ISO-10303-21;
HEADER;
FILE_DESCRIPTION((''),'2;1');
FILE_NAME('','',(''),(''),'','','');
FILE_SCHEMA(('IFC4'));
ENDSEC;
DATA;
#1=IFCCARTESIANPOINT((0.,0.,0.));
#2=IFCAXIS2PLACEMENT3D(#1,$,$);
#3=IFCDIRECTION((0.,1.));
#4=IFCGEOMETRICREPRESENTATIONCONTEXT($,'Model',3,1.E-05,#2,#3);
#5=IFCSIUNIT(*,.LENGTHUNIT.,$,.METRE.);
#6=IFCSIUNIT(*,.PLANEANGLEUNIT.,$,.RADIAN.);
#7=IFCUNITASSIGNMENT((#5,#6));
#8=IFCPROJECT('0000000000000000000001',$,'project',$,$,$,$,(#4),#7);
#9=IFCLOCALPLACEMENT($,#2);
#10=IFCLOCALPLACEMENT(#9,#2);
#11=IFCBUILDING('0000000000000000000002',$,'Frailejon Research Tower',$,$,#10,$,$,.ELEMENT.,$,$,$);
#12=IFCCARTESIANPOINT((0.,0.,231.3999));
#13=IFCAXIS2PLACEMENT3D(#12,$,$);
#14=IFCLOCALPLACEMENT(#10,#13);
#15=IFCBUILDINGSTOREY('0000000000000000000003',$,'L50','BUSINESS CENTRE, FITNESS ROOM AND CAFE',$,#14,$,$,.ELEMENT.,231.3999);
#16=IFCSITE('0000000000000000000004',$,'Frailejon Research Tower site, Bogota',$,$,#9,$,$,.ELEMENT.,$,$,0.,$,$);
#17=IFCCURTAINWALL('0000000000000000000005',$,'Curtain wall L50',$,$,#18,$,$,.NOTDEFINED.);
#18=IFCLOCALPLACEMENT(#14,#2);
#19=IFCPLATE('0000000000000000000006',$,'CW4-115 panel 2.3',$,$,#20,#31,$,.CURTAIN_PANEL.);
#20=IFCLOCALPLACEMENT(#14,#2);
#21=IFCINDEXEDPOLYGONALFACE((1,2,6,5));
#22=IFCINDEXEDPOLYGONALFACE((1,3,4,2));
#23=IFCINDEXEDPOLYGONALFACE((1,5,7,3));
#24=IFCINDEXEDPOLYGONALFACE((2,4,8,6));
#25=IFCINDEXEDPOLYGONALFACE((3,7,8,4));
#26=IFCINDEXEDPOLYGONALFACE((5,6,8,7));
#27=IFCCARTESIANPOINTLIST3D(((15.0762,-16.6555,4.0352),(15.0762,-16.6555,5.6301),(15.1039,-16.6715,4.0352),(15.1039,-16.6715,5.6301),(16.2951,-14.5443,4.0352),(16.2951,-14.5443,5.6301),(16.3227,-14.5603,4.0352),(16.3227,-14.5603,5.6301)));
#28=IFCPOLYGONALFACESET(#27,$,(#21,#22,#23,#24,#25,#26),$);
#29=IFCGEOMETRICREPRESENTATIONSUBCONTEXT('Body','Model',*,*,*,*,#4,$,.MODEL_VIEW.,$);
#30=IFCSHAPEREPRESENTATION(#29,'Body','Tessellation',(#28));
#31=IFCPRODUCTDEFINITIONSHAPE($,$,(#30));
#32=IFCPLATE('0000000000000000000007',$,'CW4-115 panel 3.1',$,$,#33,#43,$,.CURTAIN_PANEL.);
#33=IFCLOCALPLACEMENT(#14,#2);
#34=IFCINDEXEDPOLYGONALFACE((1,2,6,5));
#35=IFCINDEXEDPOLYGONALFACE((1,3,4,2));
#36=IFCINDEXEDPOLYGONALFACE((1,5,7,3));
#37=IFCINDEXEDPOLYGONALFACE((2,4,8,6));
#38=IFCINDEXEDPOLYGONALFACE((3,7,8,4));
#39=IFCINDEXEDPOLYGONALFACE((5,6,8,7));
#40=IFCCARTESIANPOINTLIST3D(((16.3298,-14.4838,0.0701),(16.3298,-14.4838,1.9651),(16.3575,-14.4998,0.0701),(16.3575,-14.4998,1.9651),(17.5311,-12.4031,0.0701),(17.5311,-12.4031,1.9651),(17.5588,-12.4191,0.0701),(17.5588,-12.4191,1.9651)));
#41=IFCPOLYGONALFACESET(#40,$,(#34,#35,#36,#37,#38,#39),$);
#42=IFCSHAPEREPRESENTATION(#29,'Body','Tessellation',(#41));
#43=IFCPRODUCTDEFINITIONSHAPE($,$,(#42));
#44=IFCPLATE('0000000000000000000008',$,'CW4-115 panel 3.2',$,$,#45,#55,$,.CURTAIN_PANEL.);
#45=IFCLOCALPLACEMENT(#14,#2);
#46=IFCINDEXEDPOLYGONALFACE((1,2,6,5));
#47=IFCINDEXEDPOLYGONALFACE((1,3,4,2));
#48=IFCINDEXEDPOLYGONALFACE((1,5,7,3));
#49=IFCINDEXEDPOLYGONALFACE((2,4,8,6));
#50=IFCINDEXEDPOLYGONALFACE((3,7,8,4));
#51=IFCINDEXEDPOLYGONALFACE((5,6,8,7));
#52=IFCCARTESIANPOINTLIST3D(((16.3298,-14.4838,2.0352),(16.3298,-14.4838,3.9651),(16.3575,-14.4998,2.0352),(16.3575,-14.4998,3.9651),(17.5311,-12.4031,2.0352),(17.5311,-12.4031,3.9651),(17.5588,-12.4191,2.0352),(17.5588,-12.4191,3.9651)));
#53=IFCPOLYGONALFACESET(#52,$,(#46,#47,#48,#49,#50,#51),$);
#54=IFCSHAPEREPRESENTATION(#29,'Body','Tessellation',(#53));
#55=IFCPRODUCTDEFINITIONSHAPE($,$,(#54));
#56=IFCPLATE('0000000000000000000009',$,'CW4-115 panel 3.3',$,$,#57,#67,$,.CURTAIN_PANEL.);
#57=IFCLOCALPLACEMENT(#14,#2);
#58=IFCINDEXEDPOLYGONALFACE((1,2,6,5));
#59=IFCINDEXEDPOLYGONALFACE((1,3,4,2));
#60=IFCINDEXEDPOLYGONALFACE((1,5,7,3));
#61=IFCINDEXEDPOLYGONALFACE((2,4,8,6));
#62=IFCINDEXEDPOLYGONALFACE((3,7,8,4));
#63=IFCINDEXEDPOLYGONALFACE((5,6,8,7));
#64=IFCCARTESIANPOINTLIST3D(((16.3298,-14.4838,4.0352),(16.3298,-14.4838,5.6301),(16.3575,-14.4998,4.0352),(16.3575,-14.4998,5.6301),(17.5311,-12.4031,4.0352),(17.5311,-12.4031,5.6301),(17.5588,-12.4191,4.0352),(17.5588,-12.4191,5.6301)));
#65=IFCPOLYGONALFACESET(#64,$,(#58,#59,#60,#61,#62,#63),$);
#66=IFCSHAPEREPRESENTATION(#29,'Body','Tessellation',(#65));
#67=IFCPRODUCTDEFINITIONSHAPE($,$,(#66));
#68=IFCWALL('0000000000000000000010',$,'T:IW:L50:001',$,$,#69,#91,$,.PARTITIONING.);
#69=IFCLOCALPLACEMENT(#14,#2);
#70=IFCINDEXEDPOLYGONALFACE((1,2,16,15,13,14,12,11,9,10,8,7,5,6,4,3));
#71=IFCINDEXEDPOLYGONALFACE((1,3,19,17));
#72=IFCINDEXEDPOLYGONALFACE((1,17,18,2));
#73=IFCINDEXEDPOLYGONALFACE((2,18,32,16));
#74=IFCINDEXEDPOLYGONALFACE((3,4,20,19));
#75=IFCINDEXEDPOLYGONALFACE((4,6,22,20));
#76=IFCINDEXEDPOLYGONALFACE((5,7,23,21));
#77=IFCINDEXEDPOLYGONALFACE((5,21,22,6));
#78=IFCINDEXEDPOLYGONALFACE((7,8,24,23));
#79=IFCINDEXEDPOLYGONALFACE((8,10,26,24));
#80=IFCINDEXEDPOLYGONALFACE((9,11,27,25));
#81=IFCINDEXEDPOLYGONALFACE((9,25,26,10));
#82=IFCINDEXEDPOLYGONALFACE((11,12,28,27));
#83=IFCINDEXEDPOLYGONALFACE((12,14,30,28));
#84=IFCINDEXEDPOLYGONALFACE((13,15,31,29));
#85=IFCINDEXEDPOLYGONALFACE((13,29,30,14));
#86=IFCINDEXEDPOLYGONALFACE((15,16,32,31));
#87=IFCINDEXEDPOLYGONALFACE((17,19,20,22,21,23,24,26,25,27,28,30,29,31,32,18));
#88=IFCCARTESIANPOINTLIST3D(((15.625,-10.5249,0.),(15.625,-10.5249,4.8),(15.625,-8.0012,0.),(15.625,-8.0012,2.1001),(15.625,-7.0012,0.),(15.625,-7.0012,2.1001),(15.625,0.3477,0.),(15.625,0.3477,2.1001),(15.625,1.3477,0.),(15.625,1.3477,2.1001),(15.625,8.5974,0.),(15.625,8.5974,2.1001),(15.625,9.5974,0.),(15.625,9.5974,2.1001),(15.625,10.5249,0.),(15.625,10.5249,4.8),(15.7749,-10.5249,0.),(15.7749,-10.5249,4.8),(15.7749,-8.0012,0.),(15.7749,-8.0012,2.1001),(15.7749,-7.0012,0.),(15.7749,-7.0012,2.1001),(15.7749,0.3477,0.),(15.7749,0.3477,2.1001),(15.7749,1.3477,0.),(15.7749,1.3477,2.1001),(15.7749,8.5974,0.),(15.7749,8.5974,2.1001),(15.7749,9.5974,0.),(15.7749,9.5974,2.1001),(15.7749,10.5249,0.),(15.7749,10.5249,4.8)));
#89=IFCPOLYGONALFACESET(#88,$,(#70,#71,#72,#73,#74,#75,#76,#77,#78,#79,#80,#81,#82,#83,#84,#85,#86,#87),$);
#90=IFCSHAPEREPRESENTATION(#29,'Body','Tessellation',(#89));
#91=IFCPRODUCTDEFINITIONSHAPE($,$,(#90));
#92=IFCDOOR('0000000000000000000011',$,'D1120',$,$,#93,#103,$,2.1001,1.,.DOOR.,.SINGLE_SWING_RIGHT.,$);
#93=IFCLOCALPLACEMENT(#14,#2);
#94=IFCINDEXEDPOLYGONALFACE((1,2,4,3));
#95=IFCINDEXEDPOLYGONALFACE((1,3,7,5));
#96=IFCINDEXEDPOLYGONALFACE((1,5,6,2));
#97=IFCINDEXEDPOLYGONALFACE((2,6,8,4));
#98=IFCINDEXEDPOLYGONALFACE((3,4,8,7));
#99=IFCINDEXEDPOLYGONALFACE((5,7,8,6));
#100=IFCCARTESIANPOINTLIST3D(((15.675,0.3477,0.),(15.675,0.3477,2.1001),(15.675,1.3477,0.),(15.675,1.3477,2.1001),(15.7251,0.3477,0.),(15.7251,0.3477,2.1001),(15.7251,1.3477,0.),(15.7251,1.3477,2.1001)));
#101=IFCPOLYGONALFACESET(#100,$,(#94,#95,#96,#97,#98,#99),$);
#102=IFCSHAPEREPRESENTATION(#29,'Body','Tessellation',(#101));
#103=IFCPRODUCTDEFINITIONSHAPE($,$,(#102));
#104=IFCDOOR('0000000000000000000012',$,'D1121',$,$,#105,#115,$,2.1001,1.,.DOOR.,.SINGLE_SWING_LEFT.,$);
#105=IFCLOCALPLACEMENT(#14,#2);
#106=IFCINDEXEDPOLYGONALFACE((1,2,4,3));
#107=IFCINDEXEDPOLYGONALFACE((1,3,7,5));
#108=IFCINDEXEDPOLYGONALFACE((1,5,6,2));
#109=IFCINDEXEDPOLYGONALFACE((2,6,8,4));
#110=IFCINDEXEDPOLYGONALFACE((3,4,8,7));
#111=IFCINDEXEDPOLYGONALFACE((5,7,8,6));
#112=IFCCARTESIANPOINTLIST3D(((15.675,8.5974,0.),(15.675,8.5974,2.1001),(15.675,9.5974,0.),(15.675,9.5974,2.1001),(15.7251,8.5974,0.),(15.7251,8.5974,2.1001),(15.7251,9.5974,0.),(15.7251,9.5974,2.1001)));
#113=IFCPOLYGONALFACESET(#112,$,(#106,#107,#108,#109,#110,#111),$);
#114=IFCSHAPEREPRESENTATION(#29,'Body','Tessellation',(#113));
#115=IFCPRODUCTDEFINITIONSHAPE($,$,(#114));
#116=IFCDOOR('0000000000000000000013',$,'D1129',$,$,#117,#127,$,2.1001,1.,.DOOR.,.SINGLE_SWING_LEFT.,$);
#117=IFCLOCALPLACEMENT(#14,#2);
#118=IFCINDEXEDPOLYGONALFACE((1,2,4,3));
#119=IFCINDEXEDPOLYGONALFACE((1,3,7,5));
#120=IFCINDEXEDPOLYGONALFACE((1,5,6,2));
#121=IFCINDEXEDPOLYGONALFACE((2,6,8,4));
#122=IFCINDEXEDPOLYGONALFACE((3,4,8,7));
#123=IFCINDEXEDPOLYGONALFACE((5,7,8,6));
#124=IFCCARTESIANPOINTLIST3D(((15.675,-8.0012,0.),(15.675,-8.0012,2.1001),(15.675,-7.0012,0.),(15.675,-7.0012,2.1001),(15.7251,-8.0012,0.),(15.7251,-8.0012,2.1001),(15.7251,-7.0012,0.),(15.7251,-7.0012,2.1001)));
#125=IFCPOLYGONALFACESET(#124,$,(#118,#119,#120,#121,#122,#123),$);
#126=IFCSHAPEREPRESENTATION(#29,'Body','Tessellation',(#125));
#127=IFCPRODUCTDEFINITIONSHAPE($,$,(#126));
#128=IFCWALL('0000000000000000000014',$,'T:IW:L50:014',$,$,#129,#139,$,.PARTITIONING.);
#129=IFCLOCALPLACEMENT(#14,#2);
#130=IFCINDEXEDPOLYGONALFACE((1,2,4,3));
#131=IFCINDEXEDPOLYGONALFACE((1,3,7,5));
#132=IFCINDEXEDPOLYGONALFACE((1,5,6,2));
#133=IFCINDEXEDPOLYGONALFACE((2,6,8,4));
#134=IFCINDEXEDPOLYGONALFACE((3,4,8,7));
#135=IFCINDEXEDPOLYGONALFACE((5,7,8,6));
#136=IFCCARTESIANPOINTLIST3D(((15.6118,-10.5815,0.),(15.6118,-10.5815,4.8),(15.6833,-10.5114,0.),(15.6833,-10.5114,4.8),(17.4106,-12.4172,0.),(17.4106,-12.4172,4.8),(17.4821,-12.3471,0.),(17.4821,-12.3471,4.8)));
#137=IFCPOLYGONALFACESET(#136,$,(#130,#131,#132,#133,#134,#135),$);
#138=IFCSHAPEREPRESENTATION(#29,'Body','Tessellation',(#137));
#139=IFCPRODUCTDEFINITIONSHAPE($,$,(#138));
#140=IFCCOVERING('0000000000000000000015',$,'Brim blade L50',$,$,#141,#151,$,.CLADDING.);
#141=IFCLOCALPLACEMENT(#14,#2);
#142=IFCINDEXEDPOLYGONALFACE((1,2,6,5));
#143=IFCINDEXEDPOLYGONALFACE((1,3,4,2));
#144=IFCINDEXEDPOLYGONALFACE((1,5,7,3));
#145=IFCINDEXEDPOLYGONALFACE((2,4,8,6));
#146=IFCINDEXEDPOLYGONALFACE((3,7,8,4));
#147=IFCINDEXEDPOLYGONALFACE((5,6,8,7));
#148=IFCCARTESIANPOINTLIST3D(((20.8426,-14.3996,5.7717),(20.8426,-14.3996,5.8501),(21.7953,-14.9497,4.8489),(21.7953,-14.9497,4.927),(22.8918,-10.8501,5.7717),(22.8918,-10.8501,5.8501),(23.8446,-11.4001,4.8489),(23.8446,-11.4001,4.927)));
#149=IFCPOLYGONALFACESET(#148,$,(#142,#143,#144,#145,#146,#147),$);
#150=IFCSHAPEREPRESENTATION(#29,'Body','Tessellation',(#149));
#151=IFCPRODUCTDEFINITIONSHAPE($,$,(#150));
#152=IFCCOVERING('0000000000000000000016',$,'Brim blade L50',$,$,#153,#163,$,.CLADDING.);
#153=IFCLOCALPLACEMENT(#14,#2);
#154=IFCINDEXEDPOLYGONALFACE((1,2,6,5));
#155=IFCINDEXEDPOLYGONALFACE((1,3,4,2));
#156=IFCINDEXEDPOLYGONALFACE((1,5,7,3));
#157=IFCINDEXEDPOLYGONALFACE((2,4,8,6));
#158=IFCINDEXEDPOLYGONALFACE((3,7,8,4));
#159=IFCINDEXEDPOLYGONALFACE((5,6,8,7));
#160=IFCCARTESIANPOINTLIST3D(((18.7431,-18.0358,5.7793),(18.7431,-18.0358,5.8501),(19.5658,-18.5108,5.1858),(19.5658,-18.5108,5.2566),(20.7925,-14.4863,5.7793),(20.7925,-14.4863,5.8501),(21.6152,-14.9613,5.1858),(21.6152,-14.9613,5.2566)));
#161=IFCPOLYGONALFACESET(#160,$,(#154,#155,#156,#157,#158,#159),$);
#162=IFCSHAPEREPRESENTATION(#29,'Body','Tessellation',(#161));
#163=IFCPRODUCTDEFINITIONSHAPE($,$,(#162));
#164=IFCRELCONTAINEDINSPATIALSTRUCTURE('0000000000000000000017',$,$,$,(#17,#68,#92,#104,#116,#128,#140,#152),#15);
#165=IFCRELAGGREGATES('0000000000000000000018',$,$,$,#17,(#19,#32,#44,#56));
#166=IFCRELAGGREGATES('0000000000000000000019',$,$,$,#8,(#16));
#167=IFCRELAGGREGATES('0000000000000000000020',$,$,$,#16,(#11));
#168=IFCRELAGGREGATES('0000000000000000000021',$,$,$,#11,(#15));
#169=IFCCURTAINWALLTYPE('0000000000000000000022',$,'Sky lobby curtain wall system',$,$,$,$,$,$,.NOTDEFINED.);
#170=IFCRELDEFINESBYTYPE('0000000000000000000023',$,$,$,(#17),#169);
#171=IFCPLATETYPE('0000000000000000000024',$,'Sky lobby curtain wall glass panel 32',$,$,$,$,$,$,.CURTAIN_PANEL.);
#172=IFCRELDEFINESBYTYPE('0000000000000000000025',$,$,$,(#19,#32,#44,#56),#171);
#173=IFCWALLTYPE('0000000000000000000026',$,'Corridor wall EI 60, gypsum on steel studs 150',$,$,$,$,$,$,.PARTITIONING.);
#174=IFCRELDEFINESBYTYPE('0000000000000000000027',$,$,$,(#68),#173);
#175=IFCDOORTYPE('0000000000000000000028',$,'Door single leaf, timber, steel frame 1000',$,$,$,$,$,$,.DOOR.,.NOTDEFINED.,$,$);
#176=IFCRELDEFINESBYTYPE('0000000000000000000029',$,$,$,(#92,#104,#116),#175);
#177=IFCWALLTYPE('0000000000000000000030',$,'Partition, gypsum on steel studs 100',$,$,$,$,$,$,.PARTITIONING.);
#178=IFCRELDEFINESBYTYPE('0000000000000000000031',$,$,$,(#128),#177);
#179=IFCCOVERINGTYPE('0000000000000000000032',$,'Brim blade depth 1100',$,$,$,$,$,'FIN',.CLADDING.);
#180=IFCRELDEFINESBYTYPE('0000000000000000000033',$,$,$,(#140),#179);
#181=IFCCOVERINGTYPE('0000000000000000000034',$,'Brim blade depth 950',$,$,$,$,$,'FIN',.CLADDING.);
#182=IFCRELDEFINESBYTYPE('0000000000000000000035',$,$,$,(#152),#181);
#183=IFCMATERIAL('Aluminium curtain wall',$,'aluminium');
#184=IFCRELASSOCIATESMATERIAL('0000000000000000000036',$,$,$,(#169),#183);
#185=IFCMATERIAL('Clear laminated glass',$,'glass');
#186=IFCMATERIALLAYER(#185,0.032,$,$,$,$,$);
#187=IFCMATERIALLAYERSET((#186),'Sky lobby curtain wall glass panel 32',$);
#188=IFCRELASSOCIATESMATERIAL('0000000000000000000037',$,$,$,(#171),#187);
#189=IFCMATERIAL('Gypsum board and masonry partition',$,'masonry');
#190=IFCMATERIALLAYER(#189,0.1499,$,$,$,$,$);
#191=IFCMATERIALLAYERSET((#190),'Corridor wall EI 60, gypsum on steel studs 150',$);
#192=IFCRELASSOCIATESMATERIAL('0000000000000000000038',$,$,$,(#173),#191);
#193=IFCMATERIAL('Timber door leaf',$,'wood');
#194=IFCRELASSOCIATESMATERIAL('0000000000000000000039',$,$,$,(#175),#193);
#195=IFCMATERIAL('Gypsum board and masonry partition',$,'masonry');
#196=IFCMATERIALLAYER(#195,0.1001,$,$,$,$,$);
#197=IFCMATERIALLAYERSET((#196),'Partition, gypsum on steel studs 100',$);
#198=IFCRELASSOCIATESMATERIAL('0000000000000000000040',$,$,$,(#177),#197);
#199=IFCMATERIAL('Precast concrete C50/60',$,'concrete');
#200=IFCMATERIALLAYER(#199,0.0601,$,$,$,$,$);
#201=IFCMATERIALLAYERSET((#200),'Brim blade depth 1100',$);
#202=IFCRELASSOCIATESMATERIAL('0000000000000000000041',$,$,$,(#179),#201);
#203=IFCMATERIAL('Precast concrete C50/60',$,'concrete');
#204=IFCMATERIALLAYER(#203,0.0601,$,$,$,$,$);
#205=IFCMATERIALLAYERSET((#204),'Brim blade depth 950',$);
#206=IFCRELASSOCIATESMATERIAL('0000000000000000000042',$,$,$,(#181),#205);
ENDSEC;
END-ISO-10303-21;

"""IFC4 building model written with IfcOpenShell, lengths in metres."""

from ifc_helpers import new_model, si_unit, direction, frame, frame_2d, origin, origin_2d, place, context, subcontext, project, spatial, polyline, rectangle, outline, extrude, material, layer, layer_set, type_object, element, fill, aggregate, save


model = new_model("IFC4")

# Units and contexts
model_context = context("Model", 3, precision=1e-05, world=origin(), true_north=direction((0.0, 1.0)))
body_context = subcontext(model_context, "Body", "Model", "MODEL_VIEW")
ifc_project = project(units=[si_unit("LENGTHUNIT", "METRE"), si_unit("PLANEANGLEUNIT", "RADIAN")], contexts=[model_context])

# Site, building, storey
site_placement = place(None, origin())
site = spatial("IfcSite", under=ifc_project, at=site_placement, Name="Frailejon Research Tower site, Bogota", CompositionType="ELEMENT", RefElevation=0.0)
building_placement = place(site_placement, origin())
building = spatial("IfcBuilding", under=site, at=building_placement, Name="Frailejon Research Tower", CompositionType="ELEMENT")
storey_placement = place(building_placement, frame((0.0, 0.0, 231.3999)))
storey = spatial("IfcBuildingStorey", under=building, at=storey_placement, Name="L50", Description="BUSINESS CENTRE, FITNESS ROOM AND CAFE", CompositionType="ELEMENT", Elevation=231.3999)

# Curtain wall
ifc_material_1 = material(Name="Aluminium curtain wall", Category="aluminium")
curtain_wall_type = type_object("IfcCurtainWallType", Name="Sky lobby curtain wall system", PredefinedType="NOTDEFINED", material=ifc_material_1)
curtain_wall_1_placement = place(storey_placement, origin())
curtain_wall_1 = element("IfcCurtainWall", 1, at=curtain_wall_1_placement, inside=storey, type_object=curtain_wall_type, Name="Curtain wall L50", PredefinedType="NOTDEFINED")

# Plates
ifc_material_2 = material(Name="Clear laminated glass", Category="glass")
ifc_layer_1 = layer(ifc_material_2, 0.032)
ifc_layer_set_1 = layer_set([ifc_layer_1], Name="Sky lobby curtain wall glass panel 32")
plate_type = type_object("IfcPlateType", Name="Sky lobby curtain wall glass panel 32", PredefinedType="CURTAIN_PANEL", material=ifc_layer_set_1)
plate_1_placement = place(storey_placement, frame((15.6995, -15.6079, 4.0352), z_axis=(0.0, 0.0, 1.0), x_axis=(0.500001, 0.866025, 0.0)))
plate_1 = element("IfcPlate", 2, at=plate_1_placement, type_object=plate_type, Name="CW4-115 panel 2.3", PredefinedType="CURTAIN_PANEL", context=body_context, shape_type="SweptSolid", body=[
    extrude(rectangle(XDim=2.4377, YDim=0.032, at=origin_2d()), origin(), (0.0, 0.0, 1.0), 1.595),
])
plate_2_placement = place(storey_placement, frame((16.9443, -13.4514, 0.0701), z_axis=(0.0, 0.0, 1.0), x_axis=(0.500001, 0.866025, 0.0)))
plate_2 = element("IfcPlate", 3, at=plate_2_placement, type_object=plate_type, Name="CW4-115 panel 3.1", PredefinedType="CURTAIN_PANEL", context=body_context, shape_type="SweptSolid", body=[
    extrude(rectangle(XDim=2.4026, YDim=0.032, at=origin_2d()), origin(), (0.0, 0.0, 1.0), 1.895),
])
plate_3_placement = place(storey_placement, frame((16.9443, -13.4514, 2.0352), z_axis=(0.0, 0.0, 1.0), x_axis=(0.500001, 0.866025, 0.0)))
plate_3 = element("IfcPlate", 4, at=plate_3_placement, type_object=plate_type, Name="CW4-115 panel 3.2", PredefinedType="CURTAIN_PANEL", context=body_context, shape_type="SweptSolid", body=[
    extrude(rectangle(XDim=2.4026, YDim=0.032, at=origin_2d()), origin(), (0.0, 0.0, 1.0), 1.9299),
])
plate_4_placement = place(storey_placement, frame((16.9443, -13.4514, 4.0352), z_axis=(0.0, 0.0, 1.0), x_axis=(0.500001, 0.866025, 0.0)))
plate_4 = element("IfcPlate", 5, at=plate_4_placement, type_object=plate_type, Name="CW4-115 panel 3.3", PredefinedType="CURTAIN_PANEL", context=body_context, shape_type="SweptSolid", body=[
    extrude(rectangle(XDim=2.4026, YDim=0.032, at=origin_2d()), origin(), (0.0, 0.0, 1.0), 1.595),
])
aggregate(curtain_wall_1, [plate_1, plate_2, plate_3, plate_4])

# Wall, openings, doors
ifc_material_3 = material(Name="Gypsum board and masonry partition", Category="masonry")
ifc_layer_2 = layer(ifc_material_3, 0.1499)
ifc_layer_set_2 = layer_set([ifc_layer_2], Name="Corridor wall EI 60, gypsum on steel studs 150")
wall_type_1 = type_object("IfcWallType", Name="Corridor wall EI 60, gypsum on steel studs 150", PredefinedType="PARTITIONING", material=ifc_layer_set_2)
wall_1_placement = place(storey_placement, frame((15.7, -10.5249, 0.0), z_axis=(0.0, 0.0, 1.0), x_axis=(0.0, 1.0, 0.0)))
wall_1 = element("IfcWall", 6, at=wall_1_placement, inside=storey, type_object=wall_type_1, Name="T:IW:L50:001", PredefinedType="PARTITIONING", context=body_context, shape_type="SweptSolid", body=[
    extrude(rectangle(XDim=21.0498, YDim=0.1499, at=frame_2d((10.5249, 0.0))), origin(), (0.0, 0.0, 1.0), 4.8),
])
opening_1_placement = place(wall_1_placement, frame((10.8726, 0.0, 0.0)))
opening_1 = element("IfcOpeningElement", 7, at=opening_1_placement, cuts=wall_1, PredefinedType="OPENING", context=body_context, shape_type="SweptSolid", body=[
    extrude(rectangle(XDim=1.0, YDim=2.1001, at=frame_2d((0.5, 1.05))), frame((0.0, 0.085, 0.0), z_axis=(0.0, -1.0, 0.0), x_axis=(1.0, 0.0, 0.0)), (0.0, 0.0, 1.0), 0.1699),
])
opening_2_placement = place(wall_1_placement, frame((19.1223, 0.0, 0.0)))
opening_2 = element("IfcOpeningElement", 8, at=opening_2_placement, cuts=wall_1, PredefinedType="OPENING", context=body_context, shape_type="SweptSolid", body=[
    extrude(rectangle(XDim=1.0, YDim=2.1001, at=frame_2d((0.5, 1.05))), frame((0.0, 0.085, 0.0), z_axis=(0.0, -1.0, 0.0), x_axis=(1.0, 0.0, 0.0)), (0.0, 0.0, 1.0), 0.1699),
])
opening_3_placement = place(wall_1_placement, frame((2.5237, 0.0, 0.0)))
opening_3 = element("IfcOpeningElement", 9, at=opening_3_placement, cuts=wall_1, PredefinedType="OPENING", context=body_context, shape_type="SweptSolid", body=[
    extrude(rectangle(XDim=1.0, YDim=2.1001, at=frame_2d((0.5, 1.05))), frame((0.0, 0.085, 0.0), z_axis=(0.0, -1.0, 0.0), x_axis=(1.0, 0.0, 0.0)), (0.0, 0.0, 1.0), 0.1699),
])
ifc_material_4 = material(Name="Timber door leaf", Category="wood")
door_type_1 = type_object("IfcDoorType", Name="Door single leaf, timber, steel frame 1000", OperationType="NOTDEFINED", PredefinedType="DOOR", material=ifc_material_4)
door_1_placement = place(opening_1_placement, origin())
door_1 = element("IfcDoor", 10, at=door_1_placement, inside=storey, type_object=door_type_1, Name="D1120", OperationType="SINGLE_SWING_RIGHT", OverallHeight=2.1001, OverallWidth=1.0, PredefinedType="DOOR", context=body_context, shape_type="SweptSolid", body=[
    extrude(rectangle(XDim=1.0, YDim=2.1001, at=frame_2d((0.5, 1.05))), frame((0.0, 0.0249, 0.0), z_axis=(0.0, -1.0, 0.0), x_axis=(1.0, 0.0, 0.0)), (0.0, 0.0, 1.0), 0.05),
])
fill(opening_1, door_1)
door_2_placement = place(opening_2_placement, origin())
door_2 = element("IfcDoor", 11, at=door_2_placement, inside=storey, type_object=door_type_1, Name="D1121", OperationType="SINGLE_SWING_LEFT", OverallHeight=2.1001, OverallWidth=1.0, PredefinedType="DOOR", context=body_context, shape_type="SweptSolid", body=[
    extrude(rectangle(XDim=1.0, YDim=2.1001, at=frame_2d((0.5, 1.05))), frame((0.0, 0.0249, 0.0), z_axis=(0.0, -1.0, 0.0), x_axis=(1.0, 0.0, 0.0)), (0.0, 0.0, 1.0), 0.05),
])
fill(opening_2, door_2)
door_3_placement = place(opening_3_placement, origin())
door_3 = element("IfcDoor", 12, at=door_3_placement, inside=storey, type_object=door_type_1, Name="D1129", OperationType="SINGLE_SWING_LEFT", OverallHeight=2.1001, OverallWidth=1.0, PredefinedType="DOOR", context=body_context, shape_type="SweptSolid", body=[
    extrude(rectangle(XDim=1.0, YDim=2.1001, at=frame_2d((0.5, 1.05))), frame((0.0, 0.0249, 0.0), z_axis=(0.0, -1.0, 0.0), x_axis=(1.0, 0.0, 0.0)), (0.0, 0.0, 1.0), 0.05),
])
fill(opening_3, door_3)

# Wall
ifc_material_5 = material(Name="Gypsum board and masonry partition", Category="masonry")
ifc_layer_3 = layer(ifc_material_5, 0.1001)
ifc_layer_set_3 = layer_set([ifc_layer_3], Name="Partition, gypsum on steel studs 100")
wall_type_2 = type_object("IfcWallType", Name="Partition, gypsum on steel studs 100", PredefinedType="PARTITIONING", material=ifc_layer_set_3)
wall_2_placement = place(storey_placement, frame((15.6475, -10.5464, 0.0), z_axis=(0.0, 0.0, 1.0), x_axis=(0.699899, -0.714242, 0.0)))
element("IfcWall", 13, at=wall_2_placement, inside=storey, type_object=wall_type_2, Name="T:IW:L50:014", PredefinedType="PARTITIONING", context=body_context, shape_type="SweptSolid", body=[
    extrude(rectangle(XDim=2.5701, YDim=0.1001, at=frame_2d((1.2852, 0.0))), origin(), (0.0, 0.0, 1.0), 4.8),
])

# Coverings
ifc_material_6 = material(Name="Precast concrete C50/60", Category="concrete")
ifc_layer_4 = layer(ifc_material_6, 0.0601)
ifc_layer_set_4 = layer_set([ifc_layer_4], Name="Brim blade depth 1100")
covering_type_1 = type_object("IfcCoveringType", Name="Brim blade depth 1100", ElementType="FIN", PredefinedType="CLADDING", material=ifc_layer_set_4)
covering_1_placement = place(storey_placement, frame((22.8918, -10.8501, 5.8501), z_axis=(-0.499989, -0.866032, 0.0), x_axis=(0.866032, -0.499989, 0.0)))
element("IfcCovering", 14, at=covering_1_placement, inside=storey, type_object=covering_type_1, Name="Brim blade L50", PredefinedType="CLADDING", context=body_context, shape_type="SweptSolid", body=[
    extrude(outline(polyline([(0.0, -0.0784), (1.1001, -1.0012), (1.1001, -0.9231), (0.0, 0.0), (0.0, -0.0784)])), origin(), (0.0, 0.0, 1.0), 4.0986),
])
ifc_material_7 = material(Name="Precast concrete C50/60", Category="concrete")
ifc_layer_5 = layer(ifc_material_7, 0.0601)
ifc_layer_set_5 = layer_set([ifc_layer_5], Name="Brim blade depth 950")
covering_type_2 = type_object("IfcCoveringType", Name="Brim blade depth 950", ElementType="FIN", PredefinedType="CLADDING", material=ifc_layer_set_5)
covering_2_placement = place(storey_placement, frame((20.7925, -14.4863, 5.8501), z_axis=(-0.500017, -0.866015, 0.0), x_axis=(0.866015, -0.500017, 0.0)))
element("IfcCovering", 15, at=covering_2_placement, inside=storey, type_object=covering_type_2, Name="Brim blade L50", PredefinedType="CLADDING", context=body_context, shape_type="SweptSolid", body=[
    extrude(outline(polyline([(0.0, -0.0708), (0.95, -0.6643), (0.95, -0.5935), (0.0, 0.0), (0.0, -0.0708)])), origin(), (0.0, 0.0, 1.0), 4.0986),
])

save(model, "model.ifc")
